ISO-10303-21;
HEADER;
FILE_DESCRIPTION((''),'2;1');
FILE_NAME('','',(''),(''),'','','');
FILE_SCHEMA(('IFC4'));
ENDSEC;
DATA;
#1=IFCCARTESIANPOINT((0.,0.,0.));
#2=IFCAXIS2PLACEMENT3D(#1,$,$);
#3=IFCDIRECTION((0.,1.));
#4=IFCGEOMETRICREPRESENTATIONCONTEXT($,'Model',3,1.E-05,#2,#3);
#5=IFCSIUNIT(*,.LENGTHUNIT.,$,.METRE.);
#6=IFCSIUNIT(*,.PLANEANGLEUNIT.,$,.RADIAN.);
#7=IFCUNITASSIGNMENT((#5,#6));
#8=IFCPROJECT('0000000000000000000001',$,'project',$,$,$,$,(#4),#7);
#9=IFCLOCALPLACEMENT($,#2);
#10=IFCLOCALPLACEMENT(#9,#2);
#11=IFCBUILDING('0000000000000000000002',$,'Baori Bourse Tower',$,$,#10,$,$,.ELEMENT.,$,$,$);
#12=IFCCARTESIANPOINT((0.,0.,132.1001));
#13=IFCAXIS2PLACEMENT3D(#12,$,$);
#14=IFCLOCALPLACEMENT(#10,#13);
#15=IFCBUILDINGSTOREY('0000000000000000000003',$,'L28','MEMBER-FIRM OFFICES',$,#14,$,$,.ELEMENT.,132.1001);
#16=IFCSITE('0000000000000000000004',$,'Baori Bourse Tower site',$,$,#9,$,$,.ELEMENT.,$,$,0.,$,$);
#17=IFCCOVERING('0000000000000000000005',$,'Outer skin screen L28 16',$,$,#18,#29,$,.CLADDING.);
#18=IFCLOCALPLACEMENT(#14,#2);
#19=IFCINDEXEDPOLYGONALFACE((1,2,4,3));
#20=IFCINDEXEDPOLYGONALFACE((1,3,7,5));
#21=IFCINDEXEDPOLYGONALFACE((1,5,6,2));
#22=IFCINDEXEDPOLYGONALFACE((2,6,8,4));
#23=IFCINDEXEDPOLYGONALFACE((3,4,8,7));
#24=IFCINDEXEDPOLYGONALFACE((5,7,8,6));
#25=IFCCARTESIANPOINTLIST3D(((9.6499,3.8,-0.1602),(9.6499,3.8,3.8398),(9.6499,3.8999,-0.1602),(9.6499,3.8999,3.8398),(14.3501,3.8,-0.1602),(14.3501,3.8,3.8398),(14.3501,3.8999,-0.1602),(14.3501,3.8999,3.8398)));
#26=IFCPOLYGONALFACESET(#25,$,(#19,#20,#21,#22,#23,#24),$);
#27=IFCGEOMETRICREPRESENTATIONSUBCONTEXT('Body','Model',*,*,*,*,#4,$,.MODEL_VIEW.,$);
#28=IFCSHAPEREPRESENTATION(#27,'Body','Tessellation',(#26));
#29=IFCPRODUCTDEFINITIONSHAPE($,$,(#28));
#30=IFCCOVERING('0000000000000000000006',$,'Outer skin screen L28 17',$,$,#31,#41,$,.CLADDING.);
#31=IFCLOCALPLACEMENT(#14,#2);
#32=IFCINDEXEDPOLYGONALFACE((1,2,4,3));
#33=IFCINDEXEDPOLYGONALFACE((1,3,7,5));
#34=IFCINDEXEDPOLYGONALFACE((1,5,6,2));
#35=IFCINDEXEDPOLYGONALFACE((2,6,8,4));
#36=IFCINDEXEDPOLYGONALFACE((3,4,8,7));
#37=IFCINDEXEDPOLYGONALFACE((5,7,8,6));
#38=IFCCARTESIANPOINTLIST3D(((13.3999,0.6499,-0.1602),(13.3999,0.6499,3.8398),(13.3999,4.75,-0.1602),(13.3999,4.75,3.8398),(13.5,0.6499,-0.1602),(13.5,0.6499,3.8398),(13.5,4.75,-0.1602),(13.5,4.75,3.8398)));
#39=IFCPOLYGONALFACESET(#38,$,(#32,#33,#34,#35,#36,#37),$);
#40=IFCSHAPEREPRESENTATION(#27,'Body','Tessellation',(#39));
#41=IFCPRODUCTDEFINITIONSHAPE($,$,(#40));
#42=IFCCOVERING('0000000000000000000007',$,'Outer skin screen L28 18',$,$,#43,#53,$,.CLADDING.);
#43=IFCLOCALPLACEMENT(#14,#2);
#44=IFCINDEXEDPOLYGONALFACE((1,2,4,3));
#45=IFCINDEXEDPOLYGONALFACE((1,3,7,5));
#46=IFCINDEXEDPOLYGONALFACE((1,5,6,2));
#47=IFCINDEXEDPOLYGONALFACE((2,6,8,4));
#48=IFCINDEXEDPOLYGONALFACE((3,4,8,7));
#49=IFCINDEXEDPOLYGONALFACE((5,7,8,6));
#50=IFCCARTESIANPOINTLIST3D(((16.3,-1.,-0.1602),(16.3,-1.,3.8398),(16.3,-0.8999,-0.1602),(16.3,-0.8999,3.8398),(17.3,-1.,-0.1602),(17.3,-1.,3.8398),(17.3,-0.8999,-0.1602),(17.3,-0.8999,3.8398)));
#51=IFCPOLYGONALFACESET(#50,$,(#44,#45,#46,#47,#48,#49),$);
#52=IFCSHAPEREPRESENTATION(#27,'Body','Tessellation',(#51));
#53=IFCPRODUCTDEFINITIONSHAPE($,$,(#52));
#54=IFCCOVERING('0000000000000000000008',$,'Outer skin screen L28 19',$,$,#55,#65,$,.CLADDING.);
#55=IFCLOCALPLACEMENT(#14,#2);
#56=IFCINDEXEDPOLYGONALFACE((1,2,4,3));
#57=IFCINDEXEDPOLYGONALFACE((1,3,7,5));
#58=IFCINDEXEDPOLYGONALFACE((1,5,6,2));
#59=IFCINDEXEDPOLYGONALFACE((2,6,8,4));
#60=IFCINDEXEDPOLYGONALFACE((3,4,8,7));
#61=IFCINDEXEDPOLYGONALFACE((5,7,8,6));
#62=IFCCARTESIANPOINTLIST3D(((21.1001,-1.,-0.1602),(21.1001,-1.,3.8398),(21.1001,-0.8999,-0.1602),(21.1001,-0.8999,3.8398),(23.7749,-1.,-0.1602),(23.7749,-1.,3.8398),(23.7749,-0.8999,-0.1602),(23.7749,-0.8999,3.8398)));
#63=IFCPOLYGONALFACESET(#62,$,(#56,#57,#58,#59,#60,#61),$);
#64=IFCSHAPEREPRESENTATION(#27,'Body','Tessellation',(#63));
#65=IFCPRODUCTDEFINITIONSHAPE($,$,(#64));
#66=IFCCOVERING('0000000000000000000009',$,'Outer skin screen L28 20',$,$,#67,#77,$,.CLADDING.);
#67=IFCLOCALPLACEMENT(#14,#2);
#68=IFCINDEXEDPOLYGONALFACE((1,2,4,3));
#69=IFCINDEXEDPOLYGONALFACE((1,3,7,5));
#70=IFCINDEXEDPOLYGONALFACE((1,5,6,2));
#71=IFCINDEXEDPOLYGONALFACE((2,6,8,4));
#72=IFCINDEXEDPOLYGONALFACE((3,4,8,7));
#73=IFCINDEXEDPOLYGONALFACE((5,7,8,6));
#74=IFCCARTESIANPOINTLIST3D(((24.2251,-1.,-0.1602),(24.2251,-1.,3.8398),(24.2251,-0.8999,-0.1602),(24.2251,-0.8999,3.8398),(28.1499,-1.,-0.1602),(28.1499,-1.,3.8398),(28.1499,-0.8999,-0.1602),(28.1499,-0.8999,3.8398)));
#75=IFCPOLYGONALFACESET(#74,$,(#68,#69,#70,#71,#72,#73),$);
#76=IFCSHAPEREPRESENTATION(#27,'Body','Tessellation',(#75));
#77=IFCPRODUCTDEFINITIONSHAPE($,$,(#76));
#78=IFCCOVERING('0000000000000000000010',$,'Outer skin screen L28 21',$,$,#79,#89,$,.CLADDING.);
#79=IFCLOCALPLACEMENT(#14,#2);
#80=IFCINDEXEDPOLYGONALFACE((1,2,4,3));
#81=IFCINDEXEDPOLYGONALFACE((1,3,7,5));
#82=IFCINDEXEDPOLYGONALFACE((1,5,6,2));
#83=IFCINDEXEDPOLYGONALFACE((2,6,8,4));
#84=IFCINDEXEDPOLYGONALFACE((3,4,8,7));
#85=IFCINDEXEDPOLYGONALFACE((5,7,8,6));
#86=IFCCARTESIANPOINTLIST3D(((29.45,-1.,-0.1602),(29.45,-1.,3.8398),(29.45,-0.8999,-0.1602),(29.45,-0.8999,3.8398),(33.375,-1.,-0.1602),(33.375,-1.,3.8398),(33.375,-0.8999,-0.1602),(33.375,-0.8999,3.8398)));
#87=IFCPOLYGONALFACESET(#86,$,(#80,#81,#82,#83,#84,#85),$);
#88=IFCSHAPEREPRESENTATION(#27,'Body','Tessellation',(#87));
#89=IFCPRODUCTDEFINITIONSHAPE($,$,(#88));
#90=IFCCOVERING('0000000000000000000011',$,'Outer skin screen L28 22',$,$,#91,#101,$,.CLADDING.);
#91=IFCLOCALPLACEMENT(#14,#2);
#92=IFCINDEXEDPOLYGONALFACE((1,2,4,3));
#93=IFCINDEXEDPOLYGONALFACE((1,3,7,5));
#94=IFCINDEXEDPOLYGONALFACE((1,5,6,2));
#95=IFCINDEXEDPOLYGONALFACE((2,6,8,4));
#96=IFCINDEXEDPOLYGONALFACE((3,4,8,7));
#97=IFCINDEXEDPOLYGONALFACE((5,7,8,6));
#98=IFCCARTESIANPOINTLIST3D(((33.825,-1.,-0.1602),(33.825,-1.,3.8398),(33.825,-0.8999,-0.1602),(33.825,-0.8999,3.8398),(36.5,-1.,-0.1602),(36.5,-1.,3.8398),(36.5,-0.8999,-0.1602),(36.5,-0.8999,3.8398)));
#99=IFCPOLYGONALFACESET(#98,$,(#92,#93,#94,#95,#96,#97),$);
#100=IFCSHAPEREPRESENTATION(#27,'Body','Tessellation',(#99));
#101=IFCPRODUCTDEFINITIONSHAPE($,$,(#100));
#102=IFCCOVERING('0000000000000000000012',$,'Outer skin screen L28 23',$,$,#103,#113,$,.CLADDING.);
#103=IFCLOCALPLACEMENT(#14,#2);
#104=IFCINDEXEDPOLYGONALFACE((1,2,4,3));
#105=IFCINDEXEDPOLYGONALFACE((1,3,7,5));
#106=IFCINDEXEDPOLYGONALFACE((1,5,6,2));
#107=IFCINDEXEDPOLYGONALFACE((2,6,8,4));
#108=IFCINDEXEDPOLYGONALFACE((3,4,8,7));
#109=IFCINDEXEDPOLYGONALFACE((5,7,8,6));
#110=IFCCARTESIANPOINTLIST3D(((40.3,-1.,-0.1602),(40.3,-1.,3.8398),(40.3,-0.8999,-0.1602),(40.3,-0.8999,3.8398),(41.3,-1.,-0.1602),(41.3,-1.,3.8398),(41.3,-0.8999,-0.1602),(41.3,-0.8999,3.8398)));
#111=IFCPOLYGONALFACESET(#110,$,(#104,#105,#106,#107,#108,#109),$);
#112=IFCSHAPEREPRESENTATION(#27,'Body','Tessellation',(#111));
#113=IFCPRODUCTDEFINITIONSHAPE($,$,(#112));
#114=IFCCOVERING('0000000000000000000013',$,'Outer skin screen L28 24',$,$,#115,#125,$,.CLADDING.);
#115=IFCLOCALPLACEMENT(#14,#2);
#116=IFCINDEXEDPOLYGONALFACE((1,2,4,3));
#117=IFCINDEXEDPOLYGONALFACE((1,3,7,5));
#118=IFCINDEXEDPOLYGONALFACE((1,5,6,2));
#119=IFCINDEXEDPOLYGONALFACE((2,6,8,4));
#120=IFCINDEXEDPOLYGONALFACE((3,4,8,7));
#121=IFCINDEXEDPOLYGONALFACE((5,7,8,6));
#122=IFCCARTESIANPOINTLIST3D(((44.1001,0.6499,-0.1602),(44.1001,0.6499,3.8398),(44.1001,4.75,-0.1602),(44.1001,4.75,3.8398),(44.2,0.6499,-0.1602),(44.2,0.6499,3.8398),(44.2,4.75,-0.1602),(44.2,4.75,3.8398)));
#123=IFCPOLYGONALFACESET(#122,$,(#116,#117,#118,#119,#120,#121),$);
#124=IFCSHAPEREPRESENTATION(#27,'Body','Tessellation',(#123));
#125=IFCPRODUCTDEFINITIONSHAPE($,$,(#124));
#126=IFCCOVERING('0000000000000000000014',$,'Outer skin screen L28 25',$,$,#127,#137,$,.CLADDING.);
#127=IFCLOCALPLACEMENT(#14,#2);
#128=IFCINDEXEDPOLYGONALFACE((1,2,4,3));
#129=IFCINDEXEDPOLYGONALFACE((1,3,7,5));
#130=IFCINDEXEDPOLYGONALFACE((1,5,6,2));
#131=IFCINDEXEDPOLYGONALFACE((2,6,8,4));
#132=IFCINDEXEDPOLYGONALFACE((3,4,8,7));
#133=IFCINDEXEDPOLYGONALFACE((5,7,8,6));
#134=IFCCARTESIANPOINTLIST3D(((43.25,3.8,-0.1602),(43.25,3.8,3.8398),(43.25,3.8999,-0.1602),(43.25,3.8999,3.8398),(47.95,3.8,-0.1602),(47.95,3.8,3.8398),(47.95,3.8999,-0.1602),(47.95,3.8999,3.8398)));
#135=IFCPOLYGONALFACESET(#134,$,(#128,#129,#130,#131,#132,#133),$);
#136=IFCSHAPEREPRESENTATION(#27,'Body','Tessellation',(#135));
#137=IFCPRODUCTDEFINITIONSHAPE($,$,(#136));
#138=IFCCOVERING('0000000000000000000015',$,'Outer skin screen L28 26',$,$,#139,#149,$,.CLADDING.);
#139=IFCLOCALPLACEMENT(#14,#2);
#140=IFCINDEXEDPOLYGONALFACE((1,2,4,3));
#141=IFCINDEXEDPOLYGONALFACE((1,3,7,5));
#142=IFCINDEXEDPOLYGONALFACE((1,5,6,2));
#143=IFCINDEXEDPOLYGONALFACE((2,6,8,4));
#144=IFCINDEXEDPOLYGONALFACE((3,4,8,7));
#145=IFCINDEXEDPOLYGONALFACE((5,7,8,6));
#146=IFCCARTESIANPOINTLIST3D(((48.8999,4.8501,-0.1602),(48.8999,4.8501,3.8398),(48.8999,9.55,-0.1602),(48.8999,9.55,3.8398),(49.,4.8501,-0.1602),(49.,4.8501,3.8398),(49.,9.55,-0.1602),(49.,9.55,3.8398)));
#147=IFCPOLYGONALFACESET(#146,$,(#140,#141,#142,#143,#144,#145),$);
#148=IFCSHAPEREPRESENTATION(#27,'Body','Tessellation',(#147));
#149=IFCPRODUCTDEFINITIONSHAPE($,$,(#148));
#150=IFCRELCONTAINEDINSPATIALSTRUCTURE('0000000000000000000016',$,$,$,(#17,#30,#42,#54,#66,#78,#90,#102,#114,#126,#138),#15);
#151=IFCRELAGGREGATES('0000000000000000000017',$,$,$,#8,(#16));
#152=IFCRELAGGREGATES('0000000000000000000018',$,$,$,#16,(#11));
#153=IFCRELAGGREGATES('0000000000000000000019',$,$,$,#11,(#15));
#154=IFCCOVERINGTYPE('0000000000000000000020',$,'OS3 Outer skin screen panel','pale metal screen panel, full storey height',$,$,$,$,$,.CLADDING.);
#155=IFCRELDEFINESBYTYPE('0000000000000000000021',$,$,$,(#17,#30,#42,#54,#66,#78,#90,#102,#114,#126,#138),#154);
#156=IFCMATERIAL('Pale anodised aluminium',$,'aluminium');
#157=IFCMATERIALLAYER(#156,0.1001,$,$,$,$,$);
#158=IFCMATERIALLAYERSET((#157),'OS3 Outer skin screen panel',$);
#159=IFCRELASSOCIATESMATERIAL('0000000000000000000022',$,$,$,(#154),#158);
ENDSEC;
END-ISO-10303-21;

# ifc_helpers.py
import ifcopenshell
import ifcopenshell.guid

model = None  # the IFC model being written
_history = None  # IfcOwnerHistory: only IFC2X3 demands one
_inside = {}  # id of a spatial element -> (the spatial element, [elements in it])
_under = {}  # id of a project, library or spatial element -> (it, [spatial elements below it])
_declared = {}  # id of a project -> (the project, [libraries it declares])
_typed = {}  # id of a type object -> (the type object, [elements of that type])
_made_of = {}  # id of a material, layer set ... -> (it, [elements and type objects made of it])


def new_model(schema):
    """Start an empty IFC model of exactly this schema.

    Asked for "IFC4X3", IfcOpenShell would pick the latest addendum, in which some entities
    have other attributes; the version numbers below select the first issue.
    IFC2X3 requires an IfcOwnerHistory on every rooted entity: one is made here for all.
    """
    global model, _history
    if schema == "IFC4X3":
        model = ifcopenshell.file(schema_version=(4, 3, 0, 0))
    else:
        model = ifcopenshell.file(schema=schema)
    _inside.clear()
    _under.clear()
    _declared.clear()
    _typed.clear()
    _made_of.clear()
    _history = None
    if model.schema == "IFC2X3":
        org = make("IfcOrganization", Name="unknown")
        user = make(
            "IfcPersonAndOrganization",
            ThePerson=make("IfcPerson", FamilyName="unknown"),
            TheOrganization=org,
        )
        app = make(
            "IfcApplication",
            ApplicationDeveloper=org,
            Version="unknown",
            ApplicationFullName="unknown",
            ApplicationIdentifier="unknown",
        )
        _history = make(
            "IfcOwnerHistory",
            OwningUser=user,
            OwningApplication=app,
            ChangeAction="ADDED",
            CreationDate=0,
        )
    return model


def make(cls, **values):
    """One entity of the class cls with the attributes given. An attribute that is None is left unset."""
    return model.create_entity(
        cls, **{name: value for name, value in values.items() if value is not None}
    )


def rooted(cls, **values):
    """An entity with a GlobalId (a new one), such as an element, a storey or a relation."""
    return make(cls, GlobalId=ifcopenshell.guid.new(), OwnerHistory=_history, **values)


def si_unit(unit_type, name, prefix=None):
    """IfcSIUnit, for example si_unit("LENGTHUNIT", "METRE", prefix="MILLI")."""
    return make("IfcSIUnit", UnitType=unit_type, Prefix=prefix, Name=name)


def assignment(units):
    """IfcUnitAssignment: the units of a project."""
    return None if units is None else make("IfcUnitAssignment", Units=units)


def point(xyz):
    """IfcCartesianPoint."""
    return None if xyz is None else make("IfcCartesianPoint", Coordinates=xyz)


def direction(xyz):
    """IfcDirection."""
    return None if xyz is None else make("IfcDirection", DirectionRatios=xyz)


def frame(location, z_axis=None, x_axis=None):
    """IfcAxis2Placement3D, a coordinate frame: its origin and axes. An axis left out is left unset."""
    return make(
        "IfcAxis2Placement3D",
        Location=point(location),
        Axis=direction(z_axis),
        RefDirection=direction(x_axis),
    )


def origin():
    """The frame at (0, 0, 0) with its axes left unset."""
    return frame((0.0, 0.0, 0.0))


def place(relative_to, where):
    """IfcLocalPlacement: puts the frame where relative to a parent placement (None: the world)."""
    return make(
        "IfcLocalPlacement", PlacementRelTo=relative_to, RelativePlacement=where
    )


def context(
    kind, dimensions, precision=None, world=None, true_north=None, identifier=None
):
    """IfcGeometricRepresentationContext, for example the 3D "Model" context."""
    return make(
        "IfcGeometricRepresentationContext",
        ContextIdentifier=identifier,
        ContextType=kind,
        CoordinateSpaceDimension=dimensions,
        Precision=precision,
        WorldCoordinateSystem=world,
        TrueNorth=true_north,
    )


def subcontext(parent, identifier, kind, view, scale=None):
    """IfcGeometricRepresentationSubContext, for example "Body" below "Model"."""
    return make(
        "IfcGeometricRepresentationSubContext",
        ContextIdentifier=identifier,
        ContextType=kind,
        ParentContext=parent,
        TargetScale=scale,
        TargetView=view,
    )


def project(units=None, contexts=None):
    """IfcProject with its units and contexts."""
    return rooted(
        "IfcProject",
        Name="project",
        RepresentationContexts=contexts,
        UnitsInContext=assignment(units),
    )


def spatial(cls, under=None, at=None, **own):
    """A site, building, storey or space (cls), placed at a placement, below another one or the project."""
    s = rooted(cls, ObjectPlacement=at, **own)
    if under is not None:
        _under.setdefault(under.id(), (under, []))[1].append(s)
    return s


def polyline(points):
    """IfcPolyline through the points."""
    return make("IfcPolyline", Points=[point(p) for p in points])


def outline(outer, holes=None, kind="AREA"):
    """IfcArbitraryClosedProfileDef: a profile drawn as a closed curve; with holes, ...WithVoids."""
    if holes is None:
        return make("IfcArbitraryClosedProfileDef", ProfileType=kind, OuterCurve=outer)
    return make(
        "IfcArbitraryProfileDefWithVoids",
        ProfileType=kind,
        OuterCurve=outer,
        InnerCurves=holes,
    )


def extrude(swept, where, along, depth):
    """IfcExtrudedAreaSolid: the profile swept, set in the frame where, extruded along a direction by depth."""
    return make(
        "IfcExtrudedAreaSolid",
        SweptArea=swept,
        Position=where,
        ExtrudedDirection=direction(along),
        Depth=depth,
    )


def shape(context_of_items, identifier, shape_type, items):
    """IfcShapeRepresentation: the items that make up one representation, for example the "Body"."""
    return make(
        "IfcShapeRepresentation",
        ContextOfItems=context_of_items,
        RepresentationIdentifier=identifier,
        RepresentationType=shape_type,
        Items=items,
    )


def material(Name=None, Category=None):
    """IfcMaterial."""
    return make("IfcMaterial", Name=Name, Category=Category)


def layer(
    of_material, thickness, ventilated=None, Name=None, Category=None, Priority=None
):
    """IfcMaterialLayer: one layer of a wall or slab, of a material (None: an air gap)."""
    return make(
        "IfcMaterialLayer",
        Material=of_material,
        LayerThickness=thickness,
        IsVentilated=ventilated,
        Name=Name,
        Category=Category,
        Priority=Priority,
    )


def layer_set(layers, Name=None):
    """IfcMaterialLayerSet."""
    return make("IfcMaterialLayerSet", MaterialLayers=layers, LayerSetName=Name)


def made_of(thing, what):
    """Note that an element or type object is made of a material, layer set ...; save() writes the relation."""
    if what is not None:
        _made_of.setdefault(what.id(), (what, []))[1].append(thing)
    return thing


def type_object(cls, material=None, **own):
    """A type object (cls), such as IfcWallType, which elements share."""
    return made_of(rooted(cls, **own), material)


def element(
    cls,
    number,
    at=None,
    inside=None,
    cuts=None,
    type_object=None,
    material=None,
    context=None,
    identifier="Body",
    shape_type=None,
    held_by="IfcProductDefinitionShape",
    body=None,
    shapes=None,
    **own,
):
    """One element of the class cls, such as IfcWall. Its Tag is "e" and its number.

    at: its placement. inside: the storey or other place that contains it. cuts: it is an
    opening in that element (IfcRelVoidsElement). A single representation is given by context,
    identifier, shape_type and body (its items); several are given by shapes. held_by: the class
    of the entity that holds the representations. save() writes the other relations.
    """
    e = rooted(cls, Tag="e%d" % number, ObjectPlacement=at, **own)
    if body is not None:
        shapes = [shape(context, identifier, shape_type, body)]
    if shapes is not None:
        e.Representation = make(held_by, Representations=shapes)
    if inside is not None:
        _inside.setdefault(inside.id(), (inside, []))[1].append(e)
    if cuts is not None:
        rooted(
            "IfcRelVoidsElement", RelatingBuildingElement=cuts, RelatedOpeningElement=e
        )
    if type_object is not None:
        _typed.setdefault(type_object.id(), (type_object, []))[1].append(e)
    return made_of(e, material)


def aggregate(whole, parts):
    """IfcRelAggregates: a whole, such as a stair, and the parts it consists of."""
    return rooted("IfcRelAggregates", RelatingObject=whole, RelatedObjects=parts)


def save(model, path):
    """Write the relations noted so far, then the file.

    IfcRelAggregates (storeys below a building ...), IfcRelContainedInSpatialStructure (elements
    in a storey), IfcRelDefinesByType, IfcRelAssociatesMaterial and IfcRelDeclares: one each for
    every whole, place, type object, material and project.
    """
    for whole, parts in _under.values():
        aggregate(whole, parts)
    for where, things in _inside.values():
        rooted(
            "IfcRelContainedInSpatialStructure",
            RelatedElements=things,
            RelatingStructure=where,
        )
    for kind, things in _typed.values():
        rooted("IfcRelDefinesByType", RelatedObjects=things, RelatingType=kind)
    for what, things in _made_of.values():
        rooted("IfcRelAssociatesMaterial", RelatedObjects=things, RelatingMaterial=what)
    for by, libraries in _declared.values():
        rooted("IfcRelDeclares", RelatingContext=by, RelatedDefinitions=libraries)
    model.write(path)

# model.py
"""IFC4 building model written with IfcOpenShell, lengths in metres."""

from ifc_helpers import new_model, si_unit, direction, frame, origin, place, context, subcontext, project, spatial, polyline, outline, extrude, material, layer, layer_set, type_object, element, save


model = new_model("IFC4")

# Units and contexts
model_context = context("Model", 3, precision=1e-05, world=origin(), true_north=direction((0.0, 1.0)))
body_context = subcontext(model_context, "Body", "Model", "MODEL_VIEW")
ifc_project = project(units=[si_unit("LENGTHUNIT", "METRE"), si_unit("PLANEANGLEUNIT", "RADIAN")], contexts=[model_context])

# Site, building, storey
site_placement = place(None, origin())
site = spatial("IfcSite", under=ifc_project, at=site_placement, Name="Baori Bourse Tower site", CompositionType="ELEMENT", RefElevation=0.0)
building_placement = place(site_placement, origin())
building = spatial("IfcBuilding", under=site, at=building_placement, Name="Baori Bourse Tower", CompositionType="ELEMENT")
storey_placement = place(building_placement, frame((0.0, 0.0, 132.1001)))
storey = spatial("IfcBuildingStorey", under=building, at=storey_placement, Name="L28", Description="MEMBER-FIRM OFFICES", CompositionType="ELEMENT", Elevation=132.1001)

# Coverings
ifc_material_1 = material(Name="Pale anodised aluminium", Category="aluminium")
ifc_layer_1 = layer(ifc_material_1, 0.1001)
ifc_layer_set_1 = layer_set([ifc_layer_1], Name="OS3 Outer skin screen panel")
covering_type = type_object("IfcCoveringType", Name="OS3 Outer skin screen panel", Description="pale metal screen panel, full storey height", PredefinedType="CLADDING", material=ifc_layer_set_1)
covering_1_placement = place(storey_placement, frame((0.0, 0.0, -0.1602)))
element("IfcCovering", 1, at=covering_1_placement, inside=storey, type_object=covering_type, Name="Outer skin screen L28 16", PredefinedType="CLADDING", context=body_context, shape_type="SweptSolid", body=[
    extrude(outline(polyline([(14.3501, 3.8999), (9.6499, 3.8999), (9.6499, 3.8), (14.3501, 3.8), (14.3501, 3.8999)])), origin(), (0.0, 0.0, 1.0), 4.0),
])
covering_2_placement = place(storey_placement, frame((0.0, 0.0, -0.1602)))
element("IfcCovering", 2, at=covering_2_placement, inside=storey, type_object=covering_type, Name="Outer skin screen L28 17", PredefinedType="CLADDING", context=body_context, shape_type="SweptSolid", body=[
    extrude(outline(polyline([(13.5, 0.6499), (13.5, 4.75), (13.3999, 4.75), (13.3999, 0.6499), (13.5, 0.6499)])), origin(), (0.0, 0.0, 1.0), 4.0),
])
covering_3_placement = place(storey_placement, frame((0.0, 0.0, -0.1602)))
element("IfcCovering", 3, at=covering_3_placement, inside=storey, type_object=covering_type, Name="Outer skin screen L28 18", PredefinedType="CLADDING", context=body_context, shape_type="SweptSolid", body=[
    extrude(outline(polyline([(17.3, -0.8999), (16.3, -0.8999), (16.3, -1.0), (17.3, -1.0), (17.3, -0.8999)])), origin(), (0.0, 0.0, 1.0), 4.0),
])
covering_4_placement = place(storey_placement, frame((0.0, 0.0, -0.1602)))
element("IfcCovering", 4, at=covering_4_placement, inside=storey, type_object=covering_type, Name="Outer skin screen L28 19", PredefinedType="CLADDING", context=body_context, shape_type="SweptSolid", body=[
    extrude(outline(polyline([(23.7749, -0.8999), (21.1001, -0.8999), (21.1001, -1.0), (23.7749, -1.0), (23.7749, -0.8999)])), origin(), (0.0, 0.0, 1.0), 4.0),
])
covering_5_placement = place(storey_placement, frame((0.0, 0.0, -0.1602)))
element("IfcCovering", 5, at=covering_5_placement, inside=storey, type_object=covering_type, Name="Outer skin screen L28 20", PredefinedType="CLADDING", context=body_context, shape_type="SweptSolid", body=[
    extrude(outline(polyline([(28.1499, -0.8999), (24.2251, -0.8999), (24.2251, -1.0), (28.1499, -1.0), (28.1499, -0.8999)])), origin(), (0.0, 0.0, 1.0), 4.0),
])
covering_6_placement = place(storey_placement, frame((0.0, 0.0, -0.1602)))
element("IfcCovering", 6, at=covering_6_placement, inside=storey, type_object=covering_type, Name="Outer skin screen L28 21", PredefinedType="CLADDING", context=body_context, shape_type="SweptSolid", body=[
    extrude(outline(polyline([(33.375, -0.8999), (29.45, -0.8999), (29.45, -1.0), (33.375, -1.0), (33.375, -0.8999)])), origin(), (0.0, 0.0, 1.0), 4.0),
])
covering_7_placement = place(storey_placement, frame((0.0, 0.0, -0.1602)))
element("IfcCovering", 7, at=covering_7_placement, inside=storey, type_object=covering_type, Name="Outer skin screen L28 22", PredefinedType="CLADDING", context=body_context, shape_type="SweptSolid", body=[
    extrude(outline(polyline([(36.5, -0.8999), (33.825, -0.8999), (33.825, -1.0), (36.5, -1.0), (36.5, -0.8999)])), origin(), (0.0, 0.0, 1.0), 4.0),
])
covering_8_placement = place(storey_placement, frame((0.0, 0.0, -0.1602)))
element("IfcCovering", 8, at=covering_8_placement, inside=storey, type_object=covering_type, Name="Outer skin screen L28 23", PredefinedType="CLADDING", context=body_context, shape_type="SweptSolid", body=[
    extrude(outline(polyline([(41.3, -0.8999), (40.3, -0.8999), (40.3, -1.0), (41.3, -1.0), (41.3, -0.8999)])), origin(), (0.0, 0.0, 1.0), 4.0),
])
covering_9_placement = place(storey_placement, frame((0.0, 0.0, -0.1602)))
element("IfcCovering", 9, at=covering_9_placement, inside=storey, type_object=covering_type, Name="Outer skin screen L28 24", PredefinedType="CLADDING", context=body_context, shape_type="SweptSolid", body=[
    extrude(outline(polyline([(44.1001, 4.75), (44.1001, 0.6499), (44.2, 0.6499), (44.2, 4.75), (44.1001, 4.75)])), origin(), (0.0, 0.0, 1.0), 4.0),
])
covering_10_placement = place(storey_placement, frame((0.0, 0.0, -0.1602)))
element("IfcCovering", 10, at=covering_10_placement, inside=storey, type_object=covering_type, Name="Outer skin screen L28 25", PredefinedType="CLADDING", context=body_context, shape_type="SweptSolid", body=[
    extrude(outline(polyline([(47.95, 3.8999), (43.25, 3.8999), (43.25, 3.8), (47.95, 3.8), (47.95, 3.8999)])), origin(), (0.0, 0.0, 1.0), 4.0),
])
covering_11_placement = place(storey_placement, frame((0.0, 0.0, -0.1602)))
element("IfcCovering", 11, at=covering_11_placement, inside=storey, type_object=covering_type, Name="Outer skin screen L28 26", PredefinedType="CLADDING", context=body_context, shape_type="SweptSolid", body=[
    extrude(outline(polyline([(48.8999, 9.55), (48.8999, 4.8501), (49.0, 4.8501), (49.0, 9.55), (48.8999, 9.55)])), origin(), (0.0, 0.0, 1.0), 4.0),
])

save(model, "model.ifc")
